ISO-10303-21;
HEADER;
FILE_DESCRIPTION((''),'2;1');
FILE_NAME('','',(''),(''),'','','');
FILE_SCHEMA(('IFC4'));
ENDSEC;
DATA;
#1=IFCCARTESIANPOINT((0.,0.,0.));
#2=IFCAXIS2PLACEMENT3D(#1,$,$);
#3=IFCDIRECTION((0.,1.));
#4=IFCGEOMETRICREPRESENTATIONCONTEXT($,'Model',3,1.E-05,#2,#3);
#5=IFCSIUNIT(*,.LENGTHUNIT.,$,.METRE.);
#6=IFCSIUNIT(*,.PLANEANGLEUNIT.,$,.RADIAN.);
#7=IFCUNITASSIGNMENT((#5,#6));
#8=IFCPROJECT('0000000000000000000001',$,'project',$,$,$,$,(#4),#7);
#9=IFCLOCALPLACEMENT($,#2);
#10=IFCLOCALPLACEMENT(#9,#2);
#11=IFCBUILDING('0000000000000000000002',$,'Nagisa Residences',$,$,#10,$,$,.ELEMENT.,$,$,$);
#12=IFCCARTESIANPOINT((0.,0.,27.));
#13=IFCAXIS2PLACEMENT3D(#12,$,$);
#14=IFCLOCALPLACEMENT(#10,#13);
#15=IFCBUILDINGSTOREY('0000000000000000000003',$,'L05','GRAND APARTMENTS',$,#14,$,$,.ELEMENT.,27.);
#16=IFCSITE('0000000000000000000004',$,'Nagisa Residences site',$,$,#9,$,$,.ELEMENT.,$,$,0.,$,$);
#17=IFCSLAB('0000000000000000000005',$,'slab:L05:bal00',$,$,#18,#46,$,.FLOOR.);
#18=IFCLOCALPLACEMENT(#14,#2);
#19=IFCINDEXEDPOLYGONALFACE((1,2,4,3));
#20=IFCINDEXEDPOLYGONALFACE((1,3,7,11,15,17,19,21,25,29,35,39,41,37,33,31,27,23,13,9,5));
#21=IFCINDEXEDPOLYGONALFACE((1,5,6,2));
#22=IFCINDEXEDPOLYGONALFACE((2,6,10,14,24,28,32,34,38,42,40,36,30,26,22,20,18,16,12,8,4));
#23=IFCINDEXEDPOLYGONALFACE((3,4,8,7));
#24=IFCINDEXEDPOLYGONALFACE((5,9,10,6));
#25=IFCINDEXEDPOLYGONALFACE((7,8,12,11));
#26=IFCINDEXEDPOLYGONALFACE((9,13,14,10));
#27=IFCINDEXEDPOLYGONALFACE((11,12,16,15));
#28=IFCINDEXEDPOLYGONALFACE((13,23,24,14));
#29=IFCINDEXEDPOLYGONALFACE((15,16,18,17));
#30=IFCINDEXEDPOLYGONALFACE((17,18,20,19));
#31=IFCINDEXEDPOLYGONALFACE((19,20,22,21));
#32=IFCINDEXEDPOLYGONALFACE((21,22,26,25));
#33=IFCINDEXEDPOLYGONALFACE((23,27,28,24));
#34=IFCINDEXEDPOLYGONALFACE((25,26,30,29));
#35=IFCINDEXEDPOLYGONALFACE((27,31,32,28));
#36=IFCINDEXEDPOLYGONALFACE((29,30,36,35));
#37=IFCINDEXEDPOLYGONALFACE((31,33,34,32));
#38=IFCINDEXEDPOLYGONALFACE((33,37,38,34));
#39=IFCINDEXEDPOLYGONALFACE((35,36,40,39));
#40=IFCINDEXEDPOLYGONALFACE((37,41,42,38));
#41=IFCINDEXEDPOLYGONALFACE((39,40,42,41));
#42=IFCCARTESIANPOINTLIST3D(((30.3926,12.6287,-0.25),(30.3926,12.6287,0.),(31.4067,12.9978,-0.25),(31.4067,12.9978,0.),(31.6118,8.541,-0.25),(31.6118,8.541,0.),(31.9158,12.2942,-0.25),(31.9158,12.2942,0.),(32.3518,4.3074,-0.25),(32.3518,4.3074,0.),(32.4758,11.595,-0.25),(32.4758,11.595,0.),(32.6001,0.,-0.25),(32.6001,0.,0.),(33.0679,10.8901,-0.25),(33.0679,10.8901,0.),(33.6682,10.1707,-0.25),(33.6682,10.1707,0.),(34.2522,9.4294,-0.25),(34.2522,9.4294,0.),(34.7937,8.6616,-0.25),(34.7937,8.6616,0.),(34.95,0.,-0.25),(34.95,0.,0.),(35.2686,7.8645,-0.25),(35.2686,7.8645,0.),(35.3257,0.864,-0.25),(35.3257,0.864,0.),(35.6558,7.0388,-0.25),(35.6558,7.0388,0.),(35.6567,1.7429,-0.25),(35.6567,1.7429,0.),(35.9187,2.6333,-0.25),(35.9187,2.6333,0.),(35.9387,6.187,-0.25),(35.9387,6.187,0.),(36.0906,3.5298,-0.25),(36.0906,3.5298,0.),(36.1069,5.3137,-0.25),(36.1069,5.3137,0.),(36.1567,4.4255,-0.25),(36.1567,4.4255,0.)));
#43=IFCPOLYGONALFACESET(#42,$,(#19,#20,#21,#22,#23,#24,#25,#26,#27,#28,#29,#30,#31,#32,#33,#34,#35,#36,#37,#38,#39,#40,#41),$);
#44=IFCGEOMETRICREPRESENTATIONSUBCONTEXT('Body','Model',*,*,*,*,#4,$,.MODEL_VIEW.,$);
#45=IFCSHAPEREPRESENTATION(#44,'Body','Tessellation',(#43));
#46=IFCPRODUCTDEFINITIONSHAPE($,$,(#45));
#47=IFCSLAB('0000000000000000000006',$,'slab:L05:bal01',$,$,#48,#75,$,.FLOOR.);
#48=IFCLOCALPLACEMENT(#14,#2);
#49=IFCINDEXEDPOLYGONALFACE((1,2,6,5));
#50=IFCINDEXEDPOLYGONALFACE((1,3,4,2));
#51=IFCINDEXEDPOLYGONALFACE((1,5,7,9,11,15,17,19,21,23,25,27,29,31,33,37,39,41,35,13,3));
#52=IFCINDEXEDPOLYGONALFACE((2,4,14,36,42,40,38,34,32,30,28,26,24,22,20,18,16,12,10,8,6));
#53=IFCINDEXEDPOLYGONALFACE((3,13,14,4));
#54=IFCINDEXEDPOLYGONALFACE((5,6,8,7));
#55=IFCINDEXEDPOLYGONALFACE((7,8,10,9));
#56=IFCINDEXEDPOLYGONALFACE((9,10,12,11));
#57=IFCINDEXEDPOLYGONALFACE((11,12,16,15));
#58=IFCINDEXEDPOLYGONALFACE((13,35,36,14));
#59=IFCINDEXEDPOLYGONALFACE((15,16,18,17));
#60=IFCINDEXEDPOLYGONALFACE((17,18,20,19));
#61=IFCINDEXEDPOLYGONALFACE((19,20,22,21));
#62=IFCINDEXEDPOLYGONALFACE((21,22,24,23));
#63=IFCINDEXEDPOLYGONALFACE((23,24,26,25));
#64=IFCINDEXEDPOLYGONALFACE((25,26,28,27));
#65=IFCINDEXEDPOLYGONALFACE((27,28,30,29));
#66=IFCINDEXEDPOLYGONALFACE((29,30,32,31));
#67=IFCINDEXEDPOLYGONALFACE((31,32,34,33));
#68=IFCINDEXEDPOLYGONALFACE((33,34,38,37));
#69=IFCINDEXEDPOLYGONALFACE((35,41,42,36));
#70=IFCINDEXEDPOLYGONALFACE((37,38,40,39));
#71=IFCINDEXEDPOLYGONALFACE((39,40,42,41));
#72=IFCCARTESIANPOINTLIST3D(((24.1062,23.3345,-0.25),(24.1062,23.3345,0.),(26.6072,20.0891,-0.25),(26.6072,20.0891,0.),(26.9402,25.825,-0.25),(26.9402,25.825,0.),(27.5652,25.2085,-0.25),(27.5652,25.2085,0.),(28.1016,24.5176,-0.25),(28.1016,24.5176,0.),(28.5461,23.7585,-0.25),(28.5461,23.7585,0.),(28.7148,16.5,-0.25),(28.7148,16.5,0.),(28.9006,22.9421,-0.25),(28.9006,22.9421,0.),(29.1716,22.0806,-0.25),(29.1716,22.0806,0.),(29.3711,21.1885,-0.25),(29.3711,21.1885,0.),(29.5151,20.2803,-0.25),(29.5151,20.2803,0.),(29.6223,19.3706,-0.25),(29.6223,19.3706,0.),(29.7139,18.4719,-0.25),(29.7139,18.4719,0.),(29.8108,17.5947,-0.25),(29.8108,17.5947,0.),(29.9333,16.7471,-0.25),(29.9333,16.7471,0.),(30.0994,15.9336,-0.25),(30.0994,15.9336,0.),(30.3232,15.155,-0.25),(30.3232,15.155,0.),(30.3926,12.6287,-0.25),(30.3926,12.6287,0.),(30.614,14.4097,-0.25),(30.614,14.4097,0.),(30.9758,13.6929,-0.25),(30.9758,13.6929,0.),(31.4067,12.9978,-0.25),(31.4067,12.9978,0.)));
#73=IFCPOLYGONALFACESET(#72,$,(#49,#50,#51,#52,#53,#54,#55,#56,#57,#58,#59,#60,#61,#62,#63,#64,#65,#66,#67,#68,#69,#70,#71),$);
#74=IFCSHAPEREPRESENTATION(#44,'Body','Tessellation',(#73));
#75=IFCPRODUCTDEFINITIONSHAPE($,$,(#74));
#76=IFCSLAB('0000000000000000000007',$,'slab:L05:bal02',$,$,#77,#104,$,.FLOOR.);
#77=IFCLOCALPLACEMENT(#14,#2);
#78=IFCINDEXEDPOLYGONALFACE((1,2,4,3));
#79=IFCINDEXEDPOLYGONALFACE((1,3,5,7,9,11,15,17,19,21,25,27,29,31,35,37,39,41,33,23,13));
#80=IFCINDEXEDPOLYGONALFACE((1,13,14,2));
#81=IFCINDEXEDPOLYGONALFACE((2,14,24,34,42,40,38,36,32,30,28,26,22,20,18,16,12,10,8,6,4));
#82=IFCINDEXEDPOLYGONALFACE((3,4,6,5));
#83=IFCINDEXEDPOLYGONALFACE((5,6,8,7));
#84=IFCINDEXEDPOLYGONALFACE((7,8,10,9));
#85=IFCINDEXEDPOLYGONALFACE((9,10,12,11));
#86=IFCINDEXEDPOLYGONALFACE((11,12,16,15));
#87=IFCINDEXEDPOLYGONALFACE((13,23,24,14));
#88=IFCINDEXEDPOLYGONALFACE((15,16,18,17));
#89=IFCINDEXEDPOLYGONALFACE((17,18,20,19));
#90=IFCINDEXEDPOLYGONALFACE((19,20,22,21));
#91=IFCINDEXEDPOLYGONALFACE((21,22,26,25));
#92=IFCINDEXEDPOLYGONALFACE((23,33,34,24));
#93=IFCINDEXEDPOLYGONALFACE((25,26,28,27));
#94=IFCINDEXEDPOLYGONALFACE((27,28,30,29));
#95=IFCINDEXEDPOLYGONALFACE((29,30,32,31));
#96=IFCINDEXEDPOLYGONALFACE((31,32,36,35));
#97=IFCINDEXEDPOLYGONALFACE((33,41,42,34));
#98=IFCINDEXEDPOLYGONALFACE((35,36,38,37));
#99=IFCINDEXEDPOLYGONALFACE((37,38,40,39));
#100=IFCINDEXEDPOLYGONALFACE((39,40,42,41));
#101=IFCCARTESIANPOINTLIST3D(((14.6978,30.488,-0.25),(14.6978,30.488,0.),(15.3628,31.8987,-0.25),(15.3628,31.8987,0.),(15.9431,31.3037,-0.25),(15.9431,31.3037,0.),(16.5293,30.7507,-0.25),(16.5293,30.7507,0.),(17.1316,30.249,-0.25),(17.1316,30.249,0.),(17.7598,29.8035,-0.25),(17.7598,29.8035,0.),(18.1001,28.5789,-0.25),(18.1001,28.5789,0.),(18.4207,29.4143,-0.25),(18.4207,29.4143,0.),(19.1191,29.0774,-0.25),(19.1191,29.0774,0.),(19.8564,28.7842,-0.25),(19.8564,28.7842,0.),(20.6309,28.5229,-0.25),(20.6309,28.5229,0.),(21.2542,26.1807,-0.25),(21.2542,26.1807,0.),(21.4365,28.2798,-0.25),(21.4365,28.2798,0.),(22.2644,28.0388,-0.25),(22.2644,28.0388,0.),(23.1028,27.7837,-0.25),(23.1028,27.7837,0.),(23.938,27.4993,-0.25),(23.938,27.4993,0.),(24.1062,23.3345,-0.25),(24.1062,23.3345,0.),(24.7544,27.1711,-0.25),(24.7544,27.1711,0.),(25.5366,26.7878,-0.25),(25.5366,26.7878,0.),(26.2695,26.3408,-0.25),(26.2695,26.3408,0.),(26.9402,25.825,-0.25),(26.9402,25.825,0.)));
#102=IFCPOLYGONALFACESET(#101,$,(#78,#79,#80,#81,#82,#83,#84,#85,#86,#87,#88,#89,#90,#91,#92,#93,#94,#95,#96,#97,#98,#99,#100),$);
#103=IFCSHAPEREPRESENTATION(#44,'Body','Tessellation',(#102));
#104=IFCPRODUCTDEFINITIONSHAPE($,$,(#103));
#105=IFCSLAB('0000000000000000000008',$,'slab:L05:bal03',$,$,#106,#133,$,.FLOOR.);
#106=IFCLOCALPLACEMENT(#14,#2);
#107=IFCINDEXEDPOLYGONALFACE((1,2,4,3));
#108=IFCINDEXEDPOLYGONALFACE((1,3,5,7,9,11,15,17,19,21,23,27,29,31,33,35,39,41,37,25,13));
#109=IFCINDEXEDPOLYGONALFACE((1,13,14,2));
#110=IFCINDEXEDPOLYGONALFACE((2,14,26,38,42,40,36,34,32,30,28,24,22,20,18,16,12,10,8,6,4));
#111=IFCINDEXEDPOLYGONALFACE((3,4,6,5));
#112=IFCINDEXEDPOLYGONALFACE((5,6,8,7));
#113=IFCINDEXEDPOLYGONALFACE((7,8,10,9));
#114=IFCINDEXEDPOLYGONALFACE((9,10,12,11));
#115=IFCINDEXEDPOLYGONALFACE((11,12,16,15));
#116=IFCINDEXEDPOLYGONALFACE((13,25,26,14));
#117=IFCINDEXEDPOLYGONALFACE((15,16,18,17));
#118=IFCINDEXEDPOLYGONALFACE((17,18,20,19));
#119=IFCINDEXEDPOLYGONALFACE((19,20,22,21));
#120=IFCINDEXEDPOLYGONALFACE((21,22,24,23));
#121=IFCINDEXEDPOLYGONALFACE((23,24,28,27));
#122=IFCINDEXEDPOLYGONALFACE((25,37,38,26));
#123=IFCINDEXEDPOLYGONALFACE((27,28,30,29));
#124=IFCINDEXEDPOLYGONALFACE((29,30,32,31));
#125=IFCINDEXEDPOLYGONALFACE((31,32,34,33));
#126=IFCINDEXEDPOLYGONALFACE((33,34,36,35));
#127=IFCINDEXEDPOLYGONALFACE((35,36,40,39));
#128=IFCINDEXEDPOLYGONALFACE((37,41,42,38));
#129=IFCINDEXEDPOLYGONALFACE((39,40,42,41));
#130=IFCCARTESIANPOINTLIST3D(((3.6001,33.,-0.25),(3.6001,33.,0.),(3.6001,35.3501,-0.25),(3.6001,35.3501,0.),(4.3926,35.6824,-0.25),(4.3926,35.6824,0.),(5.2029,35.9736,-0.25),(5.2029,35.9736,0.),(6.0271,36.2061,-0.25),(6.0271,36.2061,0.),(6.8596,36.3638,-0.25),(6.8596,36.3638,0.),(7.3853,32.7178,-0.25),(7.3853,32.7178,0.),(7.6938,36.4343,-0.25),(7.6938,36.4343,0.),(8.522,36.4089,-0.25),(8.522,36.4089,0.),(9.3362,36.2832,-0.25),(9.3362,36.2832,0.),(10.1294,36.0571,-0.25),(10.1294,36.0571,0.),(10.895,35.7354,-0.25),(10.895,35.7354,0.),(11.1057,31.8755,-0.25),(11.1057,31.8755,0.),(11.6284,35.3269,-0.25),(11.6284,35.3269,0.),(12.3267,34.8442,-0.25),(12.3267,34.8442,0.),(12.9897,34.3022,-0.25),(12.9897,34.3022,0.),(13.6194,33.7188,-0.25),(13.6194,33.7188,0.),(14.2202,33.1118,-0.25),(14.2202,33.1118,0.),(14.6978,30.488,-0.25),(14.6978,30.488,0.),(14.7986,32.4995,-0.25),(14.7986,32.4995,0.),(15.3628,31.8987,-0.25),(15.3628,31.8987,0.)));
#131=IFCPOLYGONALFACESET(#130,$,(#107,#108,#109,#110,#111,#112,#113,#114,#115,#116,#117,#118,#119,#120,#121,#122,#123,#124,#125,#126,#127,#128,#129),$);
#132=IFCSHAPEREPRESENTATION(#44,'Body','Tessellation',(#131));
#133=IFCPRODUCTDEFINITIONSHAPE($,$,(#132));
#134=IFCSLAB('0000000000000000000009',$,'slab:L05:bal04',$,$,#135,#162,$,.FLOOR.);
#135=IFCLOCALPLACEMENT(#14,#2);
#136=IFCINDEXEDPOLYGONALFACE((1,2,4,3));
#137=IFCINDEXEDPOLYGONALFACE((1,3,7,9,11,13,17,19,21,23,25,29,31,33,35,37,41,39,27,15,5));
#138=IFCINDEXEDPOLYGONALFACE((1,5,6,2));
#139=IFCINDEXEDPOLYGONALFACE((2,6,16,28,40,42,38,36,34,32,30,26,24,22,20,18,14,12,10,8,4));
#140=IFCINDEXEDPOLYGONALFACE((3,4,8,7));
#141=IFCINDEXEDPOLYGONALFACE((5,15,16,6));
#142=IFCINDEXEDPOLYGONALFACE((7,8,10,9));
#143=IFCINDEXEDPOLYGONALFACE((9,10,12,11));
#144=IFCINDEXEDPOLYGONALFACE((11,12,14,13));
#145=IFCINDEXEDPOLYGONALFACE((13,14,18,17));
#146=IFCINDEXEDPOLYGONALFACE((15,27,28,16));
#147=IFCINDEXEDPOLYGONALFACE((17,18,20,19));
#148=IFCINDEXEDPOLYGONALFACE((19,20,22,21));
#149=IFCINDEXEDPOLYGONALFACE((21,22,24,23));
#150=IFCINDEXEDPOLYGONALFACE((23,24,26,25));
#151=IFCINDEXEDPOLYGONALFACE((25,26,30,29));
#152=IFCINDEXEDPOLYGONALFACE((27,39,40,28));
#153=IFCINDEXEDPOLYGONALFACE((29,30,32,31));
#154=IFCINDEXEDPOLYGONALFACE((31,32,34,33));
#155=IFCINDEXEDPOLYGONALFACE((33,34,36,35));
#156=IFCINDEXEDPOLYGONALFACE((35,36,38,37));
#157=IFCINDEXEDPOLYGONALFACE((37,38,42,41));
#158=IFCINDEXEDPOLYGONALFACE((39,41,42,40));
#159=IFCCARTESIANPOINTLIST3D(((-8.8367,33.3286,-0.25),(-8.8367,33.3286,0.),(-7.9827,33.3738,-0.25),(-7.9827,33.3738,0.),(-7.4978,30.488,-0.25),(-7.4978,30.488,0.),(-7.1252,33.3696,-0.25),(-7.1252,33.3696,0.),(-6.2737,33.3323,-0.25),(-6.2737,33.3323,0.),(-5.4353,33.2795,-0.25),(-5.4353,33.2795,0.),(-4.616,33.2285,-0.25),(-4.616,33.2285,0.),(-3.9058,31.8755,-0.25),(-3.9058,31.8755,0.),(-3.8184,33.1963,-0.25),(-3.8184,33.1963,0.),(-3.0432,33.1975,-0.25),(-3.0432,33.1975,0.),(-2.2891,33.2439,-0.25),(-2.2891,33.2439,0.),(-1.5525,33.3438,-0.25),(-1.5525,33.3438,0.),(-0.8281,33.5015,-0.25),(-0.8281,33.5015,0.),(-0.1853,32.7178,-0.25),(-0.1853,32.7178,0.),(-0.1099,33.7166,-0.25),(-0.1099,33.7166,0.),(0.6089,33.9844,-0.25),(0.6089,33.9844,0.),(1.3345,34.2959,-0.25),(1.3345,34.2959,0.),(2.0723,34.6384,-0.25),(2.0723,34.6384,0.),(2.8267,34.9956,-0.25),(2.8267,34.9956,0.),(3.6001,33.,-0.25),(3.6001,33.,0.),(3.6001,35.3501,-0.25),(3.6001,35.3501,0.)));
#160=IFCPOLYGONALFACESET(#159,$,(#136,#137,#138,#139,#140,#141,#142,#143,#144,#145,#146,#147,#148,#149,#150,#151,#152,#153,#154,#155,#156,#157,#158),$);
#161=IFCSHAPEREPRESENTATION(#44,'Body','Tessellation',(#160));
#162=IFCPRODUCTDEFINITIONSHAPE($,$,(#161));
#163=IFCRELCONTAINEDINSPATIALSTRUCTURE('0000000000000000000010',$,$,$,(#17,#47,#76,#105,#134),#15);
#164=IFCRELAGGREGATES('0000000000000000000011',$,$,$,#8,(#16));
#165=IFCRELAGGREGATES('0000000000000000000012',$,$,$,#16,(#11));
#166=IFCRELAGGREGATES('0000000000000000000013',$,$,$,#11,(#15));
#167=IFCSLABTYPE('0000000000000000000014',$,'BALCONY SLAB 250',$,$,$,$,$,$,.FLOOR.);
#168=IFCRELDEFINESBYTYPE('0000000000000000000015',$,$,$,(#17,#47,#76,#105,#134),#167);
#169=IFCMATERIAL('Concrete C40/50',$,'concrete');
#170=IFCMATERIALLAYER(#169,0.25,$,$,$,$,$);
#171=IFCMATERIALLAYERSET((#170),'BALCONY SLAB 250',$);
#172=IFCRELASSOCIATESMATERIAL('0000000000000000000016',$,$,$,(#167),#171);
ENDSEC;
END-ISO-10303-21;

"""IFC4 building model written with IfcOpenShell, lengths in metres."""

from ifc_helpers import new_model, si_unit, direction, frame, origin, place, context, subcontext, project, spatial, polyline, outline, extrude, material, layer, layer_set, type_object, element, save


model = new_model("IFC4")

# Units and contexts
model_context = context("Model", 3, precision=1e-05, world=origin(), true_north=direction((0.0, 1.0)))
body_context = subcontext(model_context, "Body", "Model", "MODEL_VIEW")
ifc_project = project(units=[si_unit("LENGTHUNIT", "METRE"), si_unit("PLANEANGLEUNIT", "RADIAN")], contexts=[model_context])

# Site, building, storey
site_placement = place(None, origin())
site = spatial("IfcSite", under=ifc_project, at=site_placement, Name="Nagisa Residences site", CompositionType="ELEMENT", RefElevation=0.0)
building_placement = place(site_placement, origin())
building = spatial("IfcBuilding", under=site, at=building_placement, Name="Nagisa Residences", CompositionType="ELEMENT")
storey_placement = place(building_placement, frame((0.0, 0.0, 27.0)))
storey = spatial("IfcBuildingStorey", under=building, at=storey_placement, Name="L05", Description="GRAND APARTMENTS", CompositionType="ELEMENT", Elevation=27.0)

# Slabs
ifc_material_1 = material(Name="Concrete C40/50", Category="concrete")
ifc_layer_1 = layer(ifc_material_1, 0.25)
ifc_layer_set_1 = layer_set([ifc_layer_1], Name="BALCONY SLAB 250")
slab_type_1 = type_object("IfcSlabType", Name="BALCONY SLAB 250", PredefinedType="FLOOR", material=ifc_layer_set_1)
slab_1_placement = place(storey_placement, frame((0.0, 0.0, -0.25)))
element("IfcSlab", 1, at=slab_1_placement, inside=storey, type_object=slab_type_1, Name="slab:L05:bal00", PredefinedType="FLOOR", context=body_context, shape_type="SweptSolid", body=[
    extrude(outline(polyline([(34.95, 0.0), (35.3257, 0.864), (35.6567, 1.7429), (35.9187, 2.6333), (36.0906, 3.5298), (36.1567, 4.4255), (36.1069, 5.3137), (35.9387, 6.187), (35.6558, 7.0388), (35.2686, 7.8645), (34.7937, 8.6616), (34.2522, 9.4294), (33.6682, 10.1707), (33.0679, 10.8901), (32.4758, 11.595), (31.9158, 12.2942), (31.4067, 12.9978), (30.3926, 12.6287), (31.6118, 8.541), (32.3518, 4.3074), (32.6001, 0.0), (34.95, 0.0)])), origin(), (0.0, 0.0, 1.0), 0.25),
])
slab_2_placement = place(storey_placement, frame((0.0, 0.0, -0.25)))
element("IfcSlab", 2, at=slab_2_placement, inside=storey, type_object=slab_type_1, Name="slab:L05:bal01", PredefinedType="FLOOR", context=body_context, shape_type="SweptSolid", body=[
    extrude(outline(polyline([(31.4067, 12.9978), (30.9758, 13.6929), (30.614, 14.4097), (30.3232, 15.155), (30.0994, 15.9336), (29.9333, 16.7471), (29.8108, 17.5947), (29.7139, 18.4719), (29.6223, 19.3706), (29.5151, 20.2803), (29.3711, 21.1885), (29.1716, 22.0806), (28.9006, 22.9421), (28.5461, 23.7585), (28.1016, 24.5176), (27.5652, 25.2085), (26.9402, 25.825), (24.1062, 23.3345), (26.6072, 20.0891), (28.7148, 16.5), (30.3926, 12.6287), (31.4067, 12.9978)])), origin(), (0.0, 0.0, 1.0), 0.25),
])
slab_3_placement = place(storey_placement, frame((0.0, 0.0, -0.25)))
element("IfcSlab", 3, at=slab_3_placement, inside=storey, type_object=slab_type_1, Name="slab:L05:bal02", PredefinedType="FLOOR", context=body_context, shape_type="SweptSolid", body=[
    extrude(outline(polyline([(26.9402, 25.825), (26.2695, 26.3408), (25.5366, 26.7878), (24.7544, 27.1711), (23.938, 27.4993), (23.1028, 27.7837), (22.2644, 28.0388), (21.4365, 28.2798), (20.6309, 28.5229), (19.8564, 28.7842), (19.1191, 29.0774), (18.4207, 29.4143), (17.7598, 29.8035), (17.1316, 30.249), (16.5293, 30.7507), (15.9431, 31.3037), (15.3628, 31.8987), (14.6978, 30.488), (18.1001, 28.5789), (21.2542, 26.1807), (24.1062, 23.3345), (26.9402, 25.825)])), origin(), (0.0, 0.0, 1.0), 0.25),
])
slab_4_placement = place(storey_placement, frame((0.0, 0.0, -0.25)))
element("IfcSlab", 4, at=slab_4_placement, inside=storey, type_object=slab_type_1, Name="slab:L05:bal03", PredefinedType="FLOOR", context=body_context, shape_type="SweptSolid", body=[
    extrude(outline(polyline([(15.3628, 31.8987), (14.7986, 32.4995), (14.2202, 33.1118), (13.6194, 33.7188), (12.9897, 34.3022), (12.3267, 34.8442), (11.6284, 35.3269), (10.895, 35.7354), (10.1294, 36.0571), (9.3362, 36.2832), (8.522, 36.4089), (7.6938, 36.4343), (6.8596, 36.3638), (6.0271, 36.2061), (5.2029, 35.9736), (4.3926, 35.6824), (3.6001, 35.3501), (3.6001, 33.0), (7.3853, 32.7178), (11.1057, 31.8755), (14.6978, 30.488), (15.3628, 31.8987)])), origin(), (0.0, 0.0, 1.0), 0.25),
])
slab_5_placement = place(storey_placement, frame((0.0, 0.0, -0.25)))
element("IfcSlab", 5, at=slab_5_placement, inside=storey, type_object=slab_type_1, Name="slab:L05:bal04", PredefinedType="FLOOR", context=body_context, shape_type="SweptSolid", body=[
    extrude(outline(polyline([(3.6001, 35.3501), (2.8267, 34.9956), (2.0723, 34.6384), (1.3345, 34.2959), (0.6089, 33.9844), (-0.1099, 33.7166), (-0.8281, 33.5015), (-1.5525, 33.3438), (-2.2891, 33.2439), (-3.0432, 33.1975), (-3.8184, 33.1963), (-4.616, 33.2285), (-5.4353, 33.2795), (-6.2737, 33.3323), (-7.1252, 33.3696), (-7.9827, 33.3738), (-8.8367, 33.3286), (-7.4978, 30.488), (-3.9058, 31.8755), (-0.1853, 32.7178), (3.6001, 33.0), (3.6001, 35.3501)])), origin(), (0.0, 0.0, 1.0), 0.25),
])

save(model, "model.ifc")
